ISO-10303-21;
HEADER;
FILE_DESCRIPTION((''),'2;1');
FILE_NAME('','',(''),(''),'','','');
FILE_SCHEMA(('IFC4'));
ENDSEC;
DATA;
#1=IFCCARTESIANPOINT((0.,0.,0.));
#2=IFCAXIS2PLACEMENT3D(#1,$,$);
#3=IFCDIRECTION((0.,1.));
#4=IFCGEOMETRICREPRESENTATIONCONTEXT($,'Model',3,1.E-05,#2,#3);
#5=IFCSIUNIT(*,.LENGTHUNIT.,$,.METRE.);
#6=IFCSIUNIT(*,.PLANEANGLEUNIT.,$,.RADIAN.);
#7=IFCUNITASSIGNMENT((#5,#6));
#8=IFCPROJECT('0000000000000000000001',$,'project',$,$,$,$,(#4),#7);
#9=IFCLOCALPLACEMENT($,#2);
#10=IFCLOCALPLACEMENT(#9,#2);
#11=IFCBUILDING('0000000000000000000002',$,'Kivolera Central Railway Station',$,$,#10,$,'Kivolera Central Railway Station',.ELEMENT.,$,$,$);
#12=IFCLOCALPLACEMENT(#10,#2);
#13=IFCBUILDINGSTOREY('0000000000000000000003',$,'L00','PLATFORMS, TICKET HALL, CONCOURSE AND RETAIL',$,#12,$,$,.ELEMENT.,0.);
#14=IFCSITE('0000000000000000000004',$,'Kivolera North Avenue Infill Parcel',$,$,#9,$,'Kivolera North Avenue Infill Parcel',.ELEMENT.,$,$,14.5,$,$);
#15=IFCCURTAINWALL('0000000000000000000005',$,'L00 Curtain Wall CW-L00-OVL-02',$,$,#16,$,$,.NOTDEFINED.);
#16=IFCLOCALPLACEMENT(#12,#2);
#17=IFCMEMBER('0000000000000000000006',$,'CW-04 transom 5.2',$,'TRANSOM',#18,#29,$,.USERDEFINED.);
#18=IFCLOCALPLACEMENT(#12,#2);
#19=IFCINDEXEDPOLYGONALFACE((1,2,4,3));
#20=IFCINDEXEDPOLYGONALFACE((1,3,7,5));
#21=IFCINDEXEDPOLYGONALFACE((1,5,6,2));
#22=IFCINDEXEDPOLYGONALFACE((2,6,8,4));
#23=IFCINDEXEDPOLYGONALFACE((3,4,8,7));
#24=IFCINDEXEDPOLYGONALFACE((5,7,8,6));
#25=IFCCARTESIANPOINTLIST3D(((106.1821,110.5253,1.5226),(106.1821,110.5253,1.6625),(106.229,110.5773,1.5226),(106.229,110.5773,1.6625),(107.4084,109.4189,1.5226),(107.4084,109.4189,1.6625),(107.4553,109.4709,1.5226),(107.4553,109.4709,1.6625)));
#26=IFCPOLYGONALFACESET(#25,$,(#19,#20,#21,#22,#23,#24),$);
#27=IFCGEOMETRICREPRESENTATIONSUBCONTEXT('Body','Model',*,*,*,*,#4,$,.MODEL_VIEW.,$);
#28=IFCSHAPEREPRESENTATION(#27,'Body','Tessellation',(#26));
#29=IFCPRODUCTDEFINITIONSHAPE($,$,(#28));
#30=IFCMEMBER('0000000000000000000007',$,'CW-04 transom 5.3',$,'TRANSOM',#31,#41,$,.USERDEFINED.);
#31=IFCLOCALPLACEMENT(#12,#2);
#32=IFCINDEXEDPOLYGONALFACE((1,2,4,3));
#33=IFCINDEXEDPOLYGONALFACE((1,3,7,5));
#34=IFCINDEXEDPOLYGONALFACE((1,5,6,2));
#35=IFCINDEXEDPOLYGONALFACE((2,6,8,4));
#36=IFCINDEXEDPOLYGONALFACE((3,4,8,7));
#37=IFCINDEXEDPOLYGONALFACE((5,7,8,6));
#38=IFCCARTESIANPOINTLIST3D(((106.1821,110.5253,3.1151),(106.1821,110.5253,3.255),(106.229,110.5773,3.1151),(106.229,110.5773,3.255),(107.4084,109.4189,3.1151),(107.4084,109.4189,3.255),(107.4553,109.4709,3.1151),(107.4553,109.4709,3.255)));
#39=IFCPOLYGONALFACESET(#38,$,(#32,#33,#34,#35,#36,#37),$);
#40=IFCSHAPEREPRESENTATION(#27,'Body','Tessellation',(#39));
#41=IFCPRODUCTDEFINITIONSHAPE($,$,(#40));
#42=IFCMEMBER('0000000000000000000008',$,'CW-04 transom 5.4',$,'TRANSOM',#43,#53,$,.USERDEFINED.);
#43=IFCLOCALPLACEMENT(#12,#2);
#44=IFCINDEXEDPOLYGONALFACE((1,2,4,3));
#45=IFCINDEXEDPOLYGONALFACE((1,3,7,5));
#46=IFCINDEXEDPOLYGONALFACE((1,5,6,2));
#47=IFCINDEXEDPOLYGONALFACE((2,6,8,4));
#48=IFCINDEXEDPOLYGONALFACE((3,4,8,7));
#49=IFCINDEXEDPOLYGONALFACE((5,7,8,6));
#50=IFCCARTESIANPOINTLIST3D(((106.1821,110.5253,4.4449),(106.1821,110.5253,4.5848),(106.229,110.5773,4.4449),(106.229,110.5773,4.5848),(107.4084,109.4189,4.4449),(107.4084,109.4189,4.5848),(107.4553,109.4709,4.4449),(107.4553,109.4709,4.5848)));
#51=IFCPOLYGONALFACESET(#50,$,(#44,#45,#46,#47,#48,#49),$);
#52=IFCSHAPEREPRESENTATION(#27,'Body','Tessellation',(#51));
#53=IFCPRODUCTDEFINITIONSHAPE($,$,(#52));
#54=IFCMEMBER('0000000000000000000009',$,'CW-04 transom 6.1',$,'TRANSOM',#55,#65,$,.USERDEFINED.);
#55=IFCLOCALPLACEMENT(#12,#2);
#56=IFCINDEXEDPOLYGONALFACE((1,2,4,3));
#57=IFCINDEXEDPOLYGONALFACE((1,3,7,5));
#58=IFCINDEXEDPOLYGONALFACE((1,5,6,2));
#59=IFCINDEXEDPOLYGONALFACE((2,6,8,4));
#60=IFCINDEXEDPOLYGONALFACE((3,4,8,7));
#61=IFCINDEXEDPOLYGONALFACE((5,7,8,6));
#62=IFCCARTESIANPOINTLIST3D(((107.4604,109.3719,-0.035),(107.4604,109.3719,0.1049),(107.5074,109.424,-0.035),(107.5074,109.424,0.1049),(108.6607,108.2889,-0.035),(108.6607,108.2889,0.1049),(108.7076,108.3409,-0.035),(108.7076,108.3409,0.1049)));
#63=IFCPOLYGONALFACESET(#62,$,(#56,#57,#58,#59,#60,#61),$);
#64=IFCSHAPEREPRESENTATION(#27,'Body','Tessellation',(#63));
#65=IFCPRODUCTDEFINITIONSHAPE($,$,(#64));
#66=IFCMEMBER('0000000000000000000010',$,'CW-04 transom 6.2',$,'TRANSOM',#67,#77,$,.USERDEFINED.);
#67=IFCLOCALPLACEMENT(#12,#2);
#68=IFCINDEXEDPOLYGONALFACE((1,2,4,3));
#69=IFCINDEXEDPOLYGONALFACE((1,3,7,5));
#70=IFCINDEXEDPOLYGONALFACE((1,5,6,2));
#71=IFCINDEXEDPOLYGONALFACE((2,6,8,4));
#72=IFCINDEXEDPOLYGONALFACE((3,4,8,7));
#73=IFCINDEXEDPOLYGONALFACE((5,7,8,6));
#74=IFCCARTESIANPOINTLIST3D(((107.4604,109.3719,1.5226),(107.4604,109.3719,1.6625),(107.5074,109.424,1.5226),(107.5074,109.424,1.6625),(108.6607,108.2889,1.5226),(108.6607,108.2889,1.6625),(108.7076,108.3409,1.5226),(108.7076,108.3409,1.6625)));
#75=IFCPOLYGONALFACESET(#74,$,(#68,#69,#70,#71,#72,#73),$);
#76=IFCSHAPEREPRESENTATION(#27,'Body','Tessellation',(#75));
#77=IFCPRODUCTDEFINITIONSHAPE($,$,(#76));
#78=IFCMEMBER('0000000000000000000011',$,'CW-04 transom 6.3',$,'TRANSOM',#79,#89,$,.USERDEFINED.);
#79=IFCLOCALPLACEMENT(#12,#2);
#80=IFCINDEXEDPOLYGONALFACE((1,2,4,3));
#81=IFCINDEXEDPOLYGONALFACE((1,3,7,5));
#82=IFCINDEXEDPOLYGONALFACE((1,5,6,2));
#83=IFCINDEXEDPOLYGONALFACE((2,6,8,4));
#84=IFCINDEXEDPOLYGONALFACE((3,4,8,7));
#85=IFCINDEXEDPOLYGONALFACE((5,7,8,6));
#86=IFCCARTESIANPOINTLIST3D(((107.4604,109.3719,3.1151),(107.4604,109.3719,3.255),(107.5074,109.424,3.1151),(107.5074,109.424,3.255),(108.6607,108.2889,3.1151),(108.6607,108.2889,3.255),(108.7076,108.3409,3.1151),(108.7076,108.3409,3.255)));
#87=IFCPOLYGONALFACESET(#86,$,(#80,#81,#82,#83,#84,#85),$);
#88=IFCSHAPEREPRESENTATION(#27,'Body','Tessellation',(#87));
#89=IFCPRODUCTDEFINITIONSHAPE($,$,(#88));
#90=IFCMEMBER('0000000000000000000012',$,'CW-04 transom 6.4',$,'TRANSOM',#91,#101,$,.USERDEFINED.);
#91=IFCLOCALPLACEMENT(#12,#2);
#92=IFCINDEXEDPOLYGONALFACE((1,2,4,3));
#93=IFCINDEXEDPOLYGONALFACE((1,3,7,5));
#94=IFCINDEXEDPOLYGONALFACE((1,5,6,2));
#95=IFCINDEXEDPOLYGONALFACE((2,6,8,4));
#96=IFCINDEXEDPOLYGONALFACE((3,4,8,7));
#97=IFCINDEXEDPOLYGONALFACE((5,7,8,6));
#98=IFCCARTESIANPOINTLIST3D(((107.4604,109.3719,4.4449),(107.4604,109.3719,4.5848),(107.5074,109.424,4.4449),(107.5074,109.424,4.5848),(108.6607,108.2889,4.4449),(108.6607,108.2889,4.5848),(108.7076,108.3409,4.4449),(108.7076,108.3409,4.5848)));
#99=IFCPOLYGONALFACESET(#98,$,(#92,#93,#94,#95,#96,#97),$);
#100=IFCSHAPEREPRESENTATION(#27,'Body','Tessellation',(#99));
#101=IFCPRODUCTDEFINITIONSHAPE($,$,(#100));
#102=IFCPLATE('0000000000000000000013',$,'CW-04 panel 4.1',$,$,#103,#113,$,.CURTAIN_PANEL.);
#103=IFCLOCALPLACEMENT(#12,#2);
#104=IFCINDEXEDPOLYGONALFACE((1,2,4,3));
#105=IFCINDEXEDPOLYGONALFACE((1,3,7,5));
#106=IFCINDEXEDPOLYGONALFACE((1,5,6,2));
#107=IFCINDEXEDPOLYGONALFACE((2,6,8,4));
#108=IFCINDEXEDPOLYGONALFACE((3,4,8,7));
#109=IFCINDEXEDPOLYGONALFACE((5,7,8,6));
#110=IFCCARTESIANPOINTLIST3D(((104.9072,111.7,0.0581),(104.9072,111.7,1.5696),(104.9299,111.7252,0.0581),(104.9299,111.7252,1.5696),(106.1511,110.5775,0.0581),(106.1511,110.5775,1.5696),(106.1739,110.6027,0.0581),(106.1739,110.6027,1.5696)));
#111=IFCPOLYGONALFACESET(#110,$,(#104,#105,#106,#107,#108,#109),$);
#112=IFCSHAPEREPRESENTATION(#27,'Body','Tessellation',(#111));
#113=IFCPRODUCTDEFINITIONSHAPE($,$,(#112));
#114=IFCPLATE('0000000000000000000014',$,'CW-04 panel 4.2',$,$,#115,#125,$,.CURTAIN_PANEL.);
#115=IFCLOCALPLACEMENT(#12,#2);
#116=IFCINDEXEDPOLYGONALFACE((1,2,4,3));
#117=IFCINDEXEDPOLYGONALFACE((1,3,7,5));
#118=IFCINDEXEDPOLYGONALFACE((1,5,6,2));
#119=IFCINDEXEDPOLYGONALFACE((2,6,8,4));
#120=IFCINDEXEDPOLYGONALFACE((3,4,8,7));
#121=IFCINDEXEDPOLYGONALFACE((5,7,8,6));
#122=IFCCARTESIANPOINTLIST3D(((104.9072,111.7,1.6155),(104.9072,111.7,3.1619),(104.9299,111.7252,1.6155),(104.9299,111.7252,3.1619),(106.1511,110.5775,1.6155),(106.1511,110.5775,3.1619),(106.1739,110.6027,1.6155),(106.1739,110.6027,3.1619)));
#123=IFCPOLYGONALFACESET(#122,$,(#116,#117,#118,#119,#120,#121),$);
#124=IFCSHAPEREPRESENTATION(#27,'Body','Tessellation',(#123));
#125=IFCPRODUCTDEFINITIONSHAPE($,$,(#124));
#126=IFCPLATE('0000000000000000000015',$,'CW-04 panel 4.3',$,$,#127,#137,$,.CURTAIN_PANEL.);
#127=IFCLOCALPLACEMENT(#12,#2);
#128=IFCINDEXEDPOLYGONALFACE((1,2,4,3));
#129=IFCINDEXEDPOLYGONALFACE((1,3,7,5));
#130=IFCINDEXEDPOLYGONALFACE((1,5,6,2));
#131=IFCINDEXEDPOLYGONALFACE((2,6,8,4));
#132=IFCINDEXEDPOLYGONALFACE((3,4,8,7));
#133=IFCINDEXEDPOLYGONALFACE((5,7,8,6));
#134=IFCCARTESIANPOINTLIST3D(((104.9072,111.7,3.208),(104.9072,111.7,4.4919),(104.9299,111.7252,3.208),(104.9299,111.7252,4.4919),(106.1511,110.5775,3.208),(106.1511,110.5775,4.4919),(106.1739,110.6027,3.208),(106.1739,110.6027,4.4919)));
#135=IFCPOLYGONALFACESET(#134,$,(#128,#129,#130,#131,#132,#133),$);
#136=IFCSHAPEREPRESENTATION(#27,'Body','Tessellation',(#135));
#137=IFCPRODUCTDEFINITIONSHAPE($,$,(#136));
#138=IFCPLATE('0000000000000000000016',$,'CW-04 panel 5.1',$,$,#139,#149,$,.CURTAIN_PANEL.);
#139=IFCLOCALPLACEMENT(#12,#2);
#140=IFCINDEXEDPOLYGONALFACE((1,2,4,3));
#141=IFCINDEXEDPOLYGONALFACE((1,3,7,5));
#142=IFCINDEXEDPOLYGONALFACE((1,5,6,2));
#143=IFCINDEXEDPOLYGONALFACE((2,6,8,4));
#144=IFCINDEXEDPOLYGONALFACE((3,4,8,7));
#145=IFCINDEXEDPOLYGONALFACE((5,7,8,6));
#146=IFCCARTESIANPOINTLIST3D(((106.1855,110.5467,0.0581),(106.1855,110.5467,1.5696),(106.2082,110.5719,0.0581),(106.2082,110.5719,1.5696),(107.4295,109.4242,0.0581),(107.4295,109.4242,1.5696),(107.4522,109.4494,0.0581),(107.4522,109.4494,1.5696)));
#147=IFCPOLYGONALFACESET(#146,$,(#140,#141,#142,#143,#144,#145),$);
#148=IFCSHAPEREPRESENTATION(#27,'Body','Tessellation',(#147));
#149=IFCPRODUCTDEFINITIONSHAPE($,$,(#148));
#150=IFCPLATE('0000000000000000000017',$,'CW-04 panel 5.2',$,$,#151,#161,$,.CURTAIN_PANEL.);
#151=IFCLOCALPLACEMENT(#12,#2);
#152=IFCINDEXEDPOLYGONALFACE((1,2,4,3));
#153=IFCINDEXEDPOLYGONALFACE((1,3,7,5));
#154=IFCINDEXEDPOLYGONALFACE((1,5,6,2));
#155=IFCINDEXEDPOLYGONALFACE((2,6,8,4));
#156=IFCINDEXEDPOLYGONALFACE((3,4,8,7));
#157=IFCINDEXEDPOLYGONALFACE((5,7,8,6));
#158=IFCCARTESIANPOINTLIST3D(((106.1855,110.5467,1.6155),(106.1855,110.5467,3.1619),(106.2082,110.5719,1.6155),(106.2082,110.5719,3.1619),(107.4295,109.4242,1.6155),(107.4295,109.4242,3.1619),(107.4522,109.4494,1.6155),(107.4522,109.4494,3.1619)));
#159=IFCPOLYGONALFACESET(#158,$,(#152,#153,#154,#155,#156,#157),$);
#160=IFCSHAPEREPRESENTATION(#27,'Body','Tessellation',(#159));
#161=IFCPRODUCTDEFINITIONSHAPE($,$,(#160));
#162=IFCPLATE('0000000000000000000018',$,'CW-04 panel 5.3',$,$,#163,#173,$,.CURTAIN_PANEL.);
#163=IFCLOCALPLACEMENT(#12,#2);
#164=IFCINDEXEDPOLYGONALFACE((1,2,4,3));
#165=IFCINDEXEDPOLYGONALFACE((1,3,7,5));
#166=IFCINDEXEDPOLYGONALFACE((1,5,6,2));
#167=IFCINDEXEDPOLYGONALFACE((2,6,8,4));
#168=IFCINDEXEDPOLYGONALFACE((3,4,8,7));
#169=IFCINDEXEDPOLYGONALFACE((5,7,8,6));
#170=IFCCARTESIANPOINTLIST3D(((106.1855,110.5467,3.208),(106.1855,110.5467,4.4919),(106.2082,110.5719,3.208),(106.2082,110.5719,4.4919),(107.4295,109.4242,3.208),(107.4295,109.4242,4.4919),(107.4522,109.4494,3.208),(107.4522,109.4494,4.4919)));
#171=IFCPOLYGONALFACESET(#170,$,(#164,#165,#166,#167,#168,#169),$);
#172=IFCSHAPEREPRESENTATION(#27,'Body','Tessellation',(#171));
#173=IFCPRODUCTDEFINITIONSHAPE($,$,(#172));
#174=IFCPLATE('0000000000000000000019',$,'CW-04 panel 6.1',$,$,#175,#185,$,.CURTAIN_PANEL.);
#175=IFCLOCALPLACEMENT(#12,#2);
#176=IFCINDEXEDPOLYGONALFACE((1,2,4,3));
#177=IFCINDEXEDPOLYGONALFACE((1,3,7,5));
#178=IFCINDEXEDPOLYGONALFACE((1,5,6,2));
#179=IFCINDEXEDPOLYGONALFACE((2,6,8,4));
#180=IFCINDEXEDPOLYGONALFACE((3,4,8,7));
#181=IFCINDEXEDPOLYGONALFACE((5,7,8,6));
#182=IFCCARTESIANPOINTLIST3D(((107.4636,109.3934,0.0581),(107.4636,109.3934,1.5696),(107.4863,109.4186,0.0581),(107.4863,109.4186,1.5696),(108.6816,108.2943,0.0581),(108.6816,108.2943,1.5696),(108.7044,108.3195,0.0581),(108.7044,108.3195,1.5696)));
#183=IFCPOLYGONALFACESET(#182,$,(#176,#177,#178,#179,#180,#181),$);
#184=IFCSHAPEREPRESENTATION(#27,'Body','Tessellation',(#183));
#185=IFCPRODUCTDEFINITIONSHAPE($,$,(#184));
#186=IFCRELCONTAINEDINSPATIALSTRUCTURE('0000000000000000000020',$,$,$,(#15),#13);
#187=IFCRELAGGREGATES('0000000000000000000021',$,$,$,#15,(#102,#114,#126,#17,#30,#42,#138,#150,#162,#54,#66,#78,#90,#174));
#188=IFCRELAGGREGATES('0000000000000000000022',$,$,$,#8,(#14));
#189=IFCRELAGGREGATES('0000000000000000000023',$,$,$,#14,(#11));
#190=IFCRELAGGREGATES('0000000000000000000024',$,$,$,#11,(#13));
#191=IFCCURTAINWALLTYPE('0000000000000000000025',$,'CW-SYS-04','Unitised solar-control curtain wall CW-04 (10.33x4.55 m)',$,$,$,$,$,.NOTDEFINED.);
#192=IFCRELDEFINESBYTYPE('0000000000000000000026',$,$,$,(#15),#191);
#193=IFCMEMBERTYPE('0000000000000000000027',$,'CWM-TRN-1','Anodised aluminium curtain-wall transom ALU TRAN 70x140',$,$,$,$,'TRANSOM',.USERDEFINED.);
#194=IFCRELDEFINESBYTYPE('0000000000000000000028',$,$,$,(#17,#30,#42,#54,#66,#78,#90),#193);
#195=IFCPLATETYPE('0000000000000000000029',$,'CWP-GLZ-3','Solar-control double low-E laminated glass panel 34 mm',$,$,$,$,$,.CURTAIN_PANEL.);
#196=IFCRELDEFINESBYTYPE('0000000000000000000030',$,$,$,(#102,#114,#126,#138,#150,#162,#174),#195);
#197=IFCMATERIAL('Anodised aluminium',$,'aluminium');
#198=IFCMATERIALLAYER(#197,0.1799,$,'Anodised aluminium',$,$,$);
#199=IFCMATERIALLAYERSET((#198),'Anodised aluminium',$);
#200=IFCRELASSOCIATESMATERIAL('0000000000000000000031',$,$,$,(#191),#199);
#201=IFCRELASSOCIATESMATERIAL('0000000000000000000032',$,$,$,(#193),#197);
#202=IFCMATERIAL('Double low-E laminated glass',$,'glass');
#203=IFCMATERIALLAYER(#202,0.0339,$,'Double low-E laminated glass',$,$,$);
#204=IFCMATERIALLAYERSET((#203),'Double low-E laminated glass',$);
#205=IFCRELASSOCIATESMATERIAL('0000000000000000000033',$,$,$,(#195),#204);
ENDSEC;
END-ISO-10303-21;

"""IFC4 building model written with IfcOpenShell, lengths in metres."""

from ifc_helpers import new_model, si_unit, direction, frame, origin, origin_2d, place, context, subcontext, project, spatial, rectangle, extrude, material, layer, layer_set, material_profile, profile_set, type_object, element, aggregate, save


model = new_model("IFC4")

# Units and contexts
model_context = context("Model", 3, precision=1e-05, world=origin(), true_north=direction((0.0, 1.0)))
body_context = subcontext(model_context, "Body", "Model", "MODEL_VIEW")
ifc_project = project(units=[si_unit("LENGTHUNIT", "METRE"), si_unit("PLANEANGLEUNIT", "RADIAN")], contexts=[model_context])

# Site, building, storey
site_placement = place(None, origin())
site = spatial("IfcSite", under=ifc_project, at=site_placement, Name="Kivolera North Avenue Infill Parcel", LongName="Kivolera North Avenue Infill Parcel", CompositionType="ELEMENT", RefElevation=14.5)
building_placement = place(site_placement, origin())
building = spatial("IfcBuilding", under=site, at=building_placement, Name="Kivolera Central Railway Station", LongName="Kivolera Central Railway Station", CompositionType="ELEMENT")
storey_placement = place(building_placement, origin())
storey = spatial("IfcBuildingStorey", under=building, at=storey_placement, Name="L00", Description="PLATFORMS, TICKET HALL, CONCOURSE AND RETAIL", CompositionType="ELEMENT", Elevation=0.0)

# Curtain wall, members, plates
ifc_material_1 = material(Name="Anodised aluminium", Category="aluminium")
ifc_layer_1 = layer(ifc_material_1, 0.1799, Name="Anodised aluminium")
ifc_layer_set_1 = layer_set([ifc_layer_1], Name="Anodised aluminium")
curtain_wall_type = type_object("IfcCurtainWallType", Name="CW-SYS-04", Description="Unitised solar-control curtain wall CW-04 (10.33x4.55 m)", PredefinedType="NOTDEFINED", material=ifc_layer_set_1)
curtain_wall_placement = place(storey_placement, origin())
curtain_wall = element("IfcCurtainWall", 1, at=curtain_wall_placement, inside=storey, type_object=curtain_wall_type, Name="L00 Curtain Wall CW-L00-OVL-02", PredefinedType="NOTDEFINED")
ifc_material_profile_1 = material_profile(ifc_material_1, rectangle(XDim=0.0701, YDim=0.1399, at=origin_2d()), Name="ALU TRAN 70x140")
ifc_profile_set_1 = profile_set([ifc_material_profile_1], Name="Anodised aluminium")
member_type_1 = type_object("IfcMemberType", Name="CWM-TRN-1", Description="Anodised aluminium curtain-wall transom ALU TRAN 70x140", ElementType="TRANSOM", PredefinedType="USERDEFINED", material=ifc_profile_set_1)
member_1_placement = place(storey_placement, frame((106.2056, 110.5513, 1.5925), z_axis=(0.742463, -0.669887, 0.0), x_axis=(0.669887, 0.742463, 0.0)))
member_1 = element("IfcMember", 2, at=member_1_placement, type_object=member_type_1, Name="CW-04 transom 5.2", ObjectType="TRANSOM", PredefinedType="USERDEFINED", context=body_context, shape_type="SweptSolid", body=[
    extrude(rectangle(XDim=0.0701, YDim=0.1399, at=origin_2d()), origin(), (0.0, 0.0, 1.0), 1.6516),
])
member_2_placement = place(storey_placement, frame((106.2056, 110.5513, 3.1851), z_axis=(0.742463, -0.669887, 0.0), x_axis=(0.669887, 0.742463, 0.0)))
member_2 = element("IfcMember", 3, at=member_2_placement, type_object=member_type_1, Name="CW-04 transom 5.3", ObjectType="TRANSOM", PredefinedType="USERDEFINED", context=body_context, shape_type="SweptSolid", body=[
    extrude(rectangle(XDim=0.0701, YDim=0.1399, at=origin_2d()), origin(), (0.0, 0.0, 1.0), 1.6516),
])
member_3_placement = place(storey_placement, frame((106.2056, 110.5513, 4.5149), z_axis=(0.742463, -0.669887, 0.0), x_axis=(0.669887, 0.742463, 0.0)))
member_3 = element("IfcMember", 4, at=member_3_placement, type_object=member_type_1, Name="CW-04 transom 5.4", ObjectType="TRANSOM", PredefinedType="USERDEFINED", context=body_context, shape_type="SweptSolid", body=[
    extrude(rectangle(XDim=0.0701, YDim=0.1399, at=origin_2d()), origin(), (0.0, 0.0, 1.0), 1.6516),
])
member_4_placement = place(storey_placement, frame((107.4839, 109.3979, 0.0349), z_axis=(0.742422, -0.669932, 0.0), x_axis=(0.669932, 0.742422, 0.0)))
member_4 = element("IfcMember", 5, at=member_4_placement, type_object=member_type_1, Name="CW-04 transom 6.1", ObjectType="TRANSOM", PredefinedType="USERDEFINED", context=body_context, shape_type="SweptSolid", body=[
    extrude(rectangle(XDim=0.0701, YDim=0.1399, at=origin_2d()), origin(), (0.0, 0.0, 1.0), 1.6167),
])
member_5_placement = place(storey_placement, frame((107.4839, 109.3979, 1.5925), z_axis=(0.742422, -0.669932, 0.0), x_axis=(0.669932, 0.742422, 0.0)))
member_5 = element("IfcMember", 6, at=member_5_placement, type_object=member_type_1, Name="CW-04 transom 6.2", ObjectType="TRANSOM", PredefinedType="USERDEFINED", context=body_context, shape_type="SweptSolid", body=[
    extrude(rectangle(XDim=0.0701, YDim=0.1399, at=origin_2d()), origin(), (0.0, 0.0, 1.0), 1.6167),
])
member_6_placement = place(storey_placement, frame((107.4839, 109.3979, 3.1851), z_axis=(0.742422, -0.669932, 0.0), x_axis=(0.669932, 0.742422, 0.0)))
member_6 = element("IfcMember", 7, at=member_6_placement, type_object=member_type_1, Name="CW-04 transom 6.3", ObjectType="TRANSOM", PredefinedType="USERDEFINED", context=body_context, shape_type="SweptSolid", body=[
    extrude(rectangle(XDim=0.0701, YDim=0.1399, at=origin_2d()), origin(), (0.0, 0.0, 1.0), 1.6167),
])
member_7_placement = place(storey_placement, frame((107.4839, 109.3979, 4.5149), z_axis=(0.742422, -0.669932, 0.0), x_axis=(0.669932, 0.742422, 0.0)))
member_7 = element("IfcMember", 8, at=member_7_placement, type_object=member_type_1, Name="CW-04 transom 6.4", ObjectType="TRANSOM", PredefinedType="USERDEFINED", context=body_context, shape_type="SweptSolid", body=[
    extrude(rectangle(XDim=0.0701, YDim=0.1399, at=origin_2d()), origin(), (0.0, 0.0, 1.0), 1.6167),
])
ifc_material_2 = material(Name="Double low-E laminated glass", Category="glass")
ifc_layer_2 = layer(ifc_material_2, 0.0339, Name="Double low-E laminated glass")
ifc_layer_set_2 = layer_set([ifc_layer_2], Name="Double low-E laminated glass")
plate_type = type_object("IfcPlateType", Name="CWP-GLZ-3", Description="Solar-control double low-E laminated glass panel 34 mm", PredefinedType="CURTAIN_PANEL", material=ifc_layer_set_2)
plate_1_placement = place(storey_placement, frame((105.5405, 111.1514, 0.0581), z_axis=(0.0, 0.0, 1.0), x_axis=(0.742432, -0.669922, 0.0)))
plate_1 = element("IfcPlate", 9, at=plate_1_placement, type_object=plate_type, Name="CW-04 panel 4.1", PredefinedType="CURTAIN_PANEL", context=body_context, shape_type="SweptSolid", body=[
    extrude(rectangle(XDim=1.6755, YDim=0.0339, at=origin_2d()), origin(), (0.0, 0.0, 1.0), 1.5115),
])
plate_2_placement = place(storey_placement, frame((105.5405, 111.1514, 1.6155), z_axis=(0.0, 0.0, 1.0), x_axis=(0.742432, -0.669922, 0.0)))
plate_2 = element("IfcPlate", 10, at=plate_2_placement, type_object=plate_type, Name="CW-04 panel 4.2", PredefinedType="CURTAIN_PANEL", context=body_context, shape_type="SweptSolid", body=[
    extrude(rectangle(XDim=1.6755, YDim=0.0339, at=origin_2d()), origin(), (0.0, 0.0, 1.0), 1.5464),
])
plate_3_placement = place(storey_placement, frame((105.5405, 111.1514, 3.208), z_axis=(0.0, 0.0, 1.0), x_axis=(0.742432, -0.669922, 0.0)))
plate_3 = element("IfcPlate", 11, at=plate_3_placement, type_object=plate_type, Name="CW-04 panel 4.3", PredefinedType="CURTAIN_PANEL", context=body_context, shape_type="SweptSolid", body=[
    extrude(rectangle(XDim=1.6755, YDim=0.0339, at=origin_2d()), origin(), (0.0, 0.0, 1.0), 1.2839),
])
plate_4_placement = place(storey_placement, frame((106.8188, 109.998, 0.0581), z_axis=(0.0, 0.0, 1.0), x_axis=(0.742432, -0.669922, 0.0)))
plate_4 = element("IfcPlate", 12, at=plate_4_placement, type_object=plate_type, Name="CW-04 panel 5.1", PredefinedType="CURTAIN_PANEL", context=body_context, shape_type="SweptSolid", body=[
    extrude(rectangle(XDim=1.6755, YDim=0.0339, at=origin_2d()), origin(), (0.0, 0.0, 1.0), 1.5115),
])
plate_5_placement = place(storey_placement, frame((106.8188, 109.998, 1.6155), z_axis=(0.0, 0.0, 1.0), x_axis=(0.742432, -0.669922, 0.0)))
plate_5 = element("IfcPlate", 13, at=plate_5_placement, type_object=plate_type, Name="CW-04 panel 5.2", PredefinedType="CURTAIN_PANEL", context=body_context, shape_type="SweptSolid", body=[
    extrude(rectangle(XDim=1.6755, YDim=0.0339, at=origin_2d()), origin(), (0.0, 0.0, 1.0), 1.5464),
])
plate_6_placement = place(storey_placement, frame((106.8188, 109.998, 3.208), z_axis=(0.0, 0.0, 1.0), x_axis=(0.742432, -0.669922, 0.0)))
plate_6 = element("IfcPlate", 14, at=plate_6_placement, type_object=plate_type, Name="CW-04 panel 5.3", PredefinedType="CURTAIN_PANEL", context=body_context, shape_type="SweptSolid", body=[
    extrude(rectangle(XDim=1.6755, YDim=0.0339, at=origin_2d()), origin(), (0.0, 0.0, 1.0), 1.2839),
])
plate_7_placement = place(storey_placement, frame((108.084, 108.8564, 0.0581), z_axis=(0.0, 0.0, 1.0), x_axis=(0.742432, -0.669922, 0.0)))
plate_7 = element("IfcPlate", 15, at=plate_7_placement, type_object=plate_type, Name="CW-04 panel 6.1", PredefinedType="CURTAIN_PANEL", context=body_context, shape_type="SweptSolid", body=[
    extrude(rectangle(XDim=1.6406, YDim=0.0339, at=origin_2d()), origin(), (0.0, 0.0, 1.0), 1.5115),
])
aggregate(curtain_wall, [plate_1, plate_2, plate_3, member_1, member_2, member_3, plate_4, plate_5, plate_6, member_4, member_5, member_6, member_7, plate_7])

save(model, "model.ifc")
